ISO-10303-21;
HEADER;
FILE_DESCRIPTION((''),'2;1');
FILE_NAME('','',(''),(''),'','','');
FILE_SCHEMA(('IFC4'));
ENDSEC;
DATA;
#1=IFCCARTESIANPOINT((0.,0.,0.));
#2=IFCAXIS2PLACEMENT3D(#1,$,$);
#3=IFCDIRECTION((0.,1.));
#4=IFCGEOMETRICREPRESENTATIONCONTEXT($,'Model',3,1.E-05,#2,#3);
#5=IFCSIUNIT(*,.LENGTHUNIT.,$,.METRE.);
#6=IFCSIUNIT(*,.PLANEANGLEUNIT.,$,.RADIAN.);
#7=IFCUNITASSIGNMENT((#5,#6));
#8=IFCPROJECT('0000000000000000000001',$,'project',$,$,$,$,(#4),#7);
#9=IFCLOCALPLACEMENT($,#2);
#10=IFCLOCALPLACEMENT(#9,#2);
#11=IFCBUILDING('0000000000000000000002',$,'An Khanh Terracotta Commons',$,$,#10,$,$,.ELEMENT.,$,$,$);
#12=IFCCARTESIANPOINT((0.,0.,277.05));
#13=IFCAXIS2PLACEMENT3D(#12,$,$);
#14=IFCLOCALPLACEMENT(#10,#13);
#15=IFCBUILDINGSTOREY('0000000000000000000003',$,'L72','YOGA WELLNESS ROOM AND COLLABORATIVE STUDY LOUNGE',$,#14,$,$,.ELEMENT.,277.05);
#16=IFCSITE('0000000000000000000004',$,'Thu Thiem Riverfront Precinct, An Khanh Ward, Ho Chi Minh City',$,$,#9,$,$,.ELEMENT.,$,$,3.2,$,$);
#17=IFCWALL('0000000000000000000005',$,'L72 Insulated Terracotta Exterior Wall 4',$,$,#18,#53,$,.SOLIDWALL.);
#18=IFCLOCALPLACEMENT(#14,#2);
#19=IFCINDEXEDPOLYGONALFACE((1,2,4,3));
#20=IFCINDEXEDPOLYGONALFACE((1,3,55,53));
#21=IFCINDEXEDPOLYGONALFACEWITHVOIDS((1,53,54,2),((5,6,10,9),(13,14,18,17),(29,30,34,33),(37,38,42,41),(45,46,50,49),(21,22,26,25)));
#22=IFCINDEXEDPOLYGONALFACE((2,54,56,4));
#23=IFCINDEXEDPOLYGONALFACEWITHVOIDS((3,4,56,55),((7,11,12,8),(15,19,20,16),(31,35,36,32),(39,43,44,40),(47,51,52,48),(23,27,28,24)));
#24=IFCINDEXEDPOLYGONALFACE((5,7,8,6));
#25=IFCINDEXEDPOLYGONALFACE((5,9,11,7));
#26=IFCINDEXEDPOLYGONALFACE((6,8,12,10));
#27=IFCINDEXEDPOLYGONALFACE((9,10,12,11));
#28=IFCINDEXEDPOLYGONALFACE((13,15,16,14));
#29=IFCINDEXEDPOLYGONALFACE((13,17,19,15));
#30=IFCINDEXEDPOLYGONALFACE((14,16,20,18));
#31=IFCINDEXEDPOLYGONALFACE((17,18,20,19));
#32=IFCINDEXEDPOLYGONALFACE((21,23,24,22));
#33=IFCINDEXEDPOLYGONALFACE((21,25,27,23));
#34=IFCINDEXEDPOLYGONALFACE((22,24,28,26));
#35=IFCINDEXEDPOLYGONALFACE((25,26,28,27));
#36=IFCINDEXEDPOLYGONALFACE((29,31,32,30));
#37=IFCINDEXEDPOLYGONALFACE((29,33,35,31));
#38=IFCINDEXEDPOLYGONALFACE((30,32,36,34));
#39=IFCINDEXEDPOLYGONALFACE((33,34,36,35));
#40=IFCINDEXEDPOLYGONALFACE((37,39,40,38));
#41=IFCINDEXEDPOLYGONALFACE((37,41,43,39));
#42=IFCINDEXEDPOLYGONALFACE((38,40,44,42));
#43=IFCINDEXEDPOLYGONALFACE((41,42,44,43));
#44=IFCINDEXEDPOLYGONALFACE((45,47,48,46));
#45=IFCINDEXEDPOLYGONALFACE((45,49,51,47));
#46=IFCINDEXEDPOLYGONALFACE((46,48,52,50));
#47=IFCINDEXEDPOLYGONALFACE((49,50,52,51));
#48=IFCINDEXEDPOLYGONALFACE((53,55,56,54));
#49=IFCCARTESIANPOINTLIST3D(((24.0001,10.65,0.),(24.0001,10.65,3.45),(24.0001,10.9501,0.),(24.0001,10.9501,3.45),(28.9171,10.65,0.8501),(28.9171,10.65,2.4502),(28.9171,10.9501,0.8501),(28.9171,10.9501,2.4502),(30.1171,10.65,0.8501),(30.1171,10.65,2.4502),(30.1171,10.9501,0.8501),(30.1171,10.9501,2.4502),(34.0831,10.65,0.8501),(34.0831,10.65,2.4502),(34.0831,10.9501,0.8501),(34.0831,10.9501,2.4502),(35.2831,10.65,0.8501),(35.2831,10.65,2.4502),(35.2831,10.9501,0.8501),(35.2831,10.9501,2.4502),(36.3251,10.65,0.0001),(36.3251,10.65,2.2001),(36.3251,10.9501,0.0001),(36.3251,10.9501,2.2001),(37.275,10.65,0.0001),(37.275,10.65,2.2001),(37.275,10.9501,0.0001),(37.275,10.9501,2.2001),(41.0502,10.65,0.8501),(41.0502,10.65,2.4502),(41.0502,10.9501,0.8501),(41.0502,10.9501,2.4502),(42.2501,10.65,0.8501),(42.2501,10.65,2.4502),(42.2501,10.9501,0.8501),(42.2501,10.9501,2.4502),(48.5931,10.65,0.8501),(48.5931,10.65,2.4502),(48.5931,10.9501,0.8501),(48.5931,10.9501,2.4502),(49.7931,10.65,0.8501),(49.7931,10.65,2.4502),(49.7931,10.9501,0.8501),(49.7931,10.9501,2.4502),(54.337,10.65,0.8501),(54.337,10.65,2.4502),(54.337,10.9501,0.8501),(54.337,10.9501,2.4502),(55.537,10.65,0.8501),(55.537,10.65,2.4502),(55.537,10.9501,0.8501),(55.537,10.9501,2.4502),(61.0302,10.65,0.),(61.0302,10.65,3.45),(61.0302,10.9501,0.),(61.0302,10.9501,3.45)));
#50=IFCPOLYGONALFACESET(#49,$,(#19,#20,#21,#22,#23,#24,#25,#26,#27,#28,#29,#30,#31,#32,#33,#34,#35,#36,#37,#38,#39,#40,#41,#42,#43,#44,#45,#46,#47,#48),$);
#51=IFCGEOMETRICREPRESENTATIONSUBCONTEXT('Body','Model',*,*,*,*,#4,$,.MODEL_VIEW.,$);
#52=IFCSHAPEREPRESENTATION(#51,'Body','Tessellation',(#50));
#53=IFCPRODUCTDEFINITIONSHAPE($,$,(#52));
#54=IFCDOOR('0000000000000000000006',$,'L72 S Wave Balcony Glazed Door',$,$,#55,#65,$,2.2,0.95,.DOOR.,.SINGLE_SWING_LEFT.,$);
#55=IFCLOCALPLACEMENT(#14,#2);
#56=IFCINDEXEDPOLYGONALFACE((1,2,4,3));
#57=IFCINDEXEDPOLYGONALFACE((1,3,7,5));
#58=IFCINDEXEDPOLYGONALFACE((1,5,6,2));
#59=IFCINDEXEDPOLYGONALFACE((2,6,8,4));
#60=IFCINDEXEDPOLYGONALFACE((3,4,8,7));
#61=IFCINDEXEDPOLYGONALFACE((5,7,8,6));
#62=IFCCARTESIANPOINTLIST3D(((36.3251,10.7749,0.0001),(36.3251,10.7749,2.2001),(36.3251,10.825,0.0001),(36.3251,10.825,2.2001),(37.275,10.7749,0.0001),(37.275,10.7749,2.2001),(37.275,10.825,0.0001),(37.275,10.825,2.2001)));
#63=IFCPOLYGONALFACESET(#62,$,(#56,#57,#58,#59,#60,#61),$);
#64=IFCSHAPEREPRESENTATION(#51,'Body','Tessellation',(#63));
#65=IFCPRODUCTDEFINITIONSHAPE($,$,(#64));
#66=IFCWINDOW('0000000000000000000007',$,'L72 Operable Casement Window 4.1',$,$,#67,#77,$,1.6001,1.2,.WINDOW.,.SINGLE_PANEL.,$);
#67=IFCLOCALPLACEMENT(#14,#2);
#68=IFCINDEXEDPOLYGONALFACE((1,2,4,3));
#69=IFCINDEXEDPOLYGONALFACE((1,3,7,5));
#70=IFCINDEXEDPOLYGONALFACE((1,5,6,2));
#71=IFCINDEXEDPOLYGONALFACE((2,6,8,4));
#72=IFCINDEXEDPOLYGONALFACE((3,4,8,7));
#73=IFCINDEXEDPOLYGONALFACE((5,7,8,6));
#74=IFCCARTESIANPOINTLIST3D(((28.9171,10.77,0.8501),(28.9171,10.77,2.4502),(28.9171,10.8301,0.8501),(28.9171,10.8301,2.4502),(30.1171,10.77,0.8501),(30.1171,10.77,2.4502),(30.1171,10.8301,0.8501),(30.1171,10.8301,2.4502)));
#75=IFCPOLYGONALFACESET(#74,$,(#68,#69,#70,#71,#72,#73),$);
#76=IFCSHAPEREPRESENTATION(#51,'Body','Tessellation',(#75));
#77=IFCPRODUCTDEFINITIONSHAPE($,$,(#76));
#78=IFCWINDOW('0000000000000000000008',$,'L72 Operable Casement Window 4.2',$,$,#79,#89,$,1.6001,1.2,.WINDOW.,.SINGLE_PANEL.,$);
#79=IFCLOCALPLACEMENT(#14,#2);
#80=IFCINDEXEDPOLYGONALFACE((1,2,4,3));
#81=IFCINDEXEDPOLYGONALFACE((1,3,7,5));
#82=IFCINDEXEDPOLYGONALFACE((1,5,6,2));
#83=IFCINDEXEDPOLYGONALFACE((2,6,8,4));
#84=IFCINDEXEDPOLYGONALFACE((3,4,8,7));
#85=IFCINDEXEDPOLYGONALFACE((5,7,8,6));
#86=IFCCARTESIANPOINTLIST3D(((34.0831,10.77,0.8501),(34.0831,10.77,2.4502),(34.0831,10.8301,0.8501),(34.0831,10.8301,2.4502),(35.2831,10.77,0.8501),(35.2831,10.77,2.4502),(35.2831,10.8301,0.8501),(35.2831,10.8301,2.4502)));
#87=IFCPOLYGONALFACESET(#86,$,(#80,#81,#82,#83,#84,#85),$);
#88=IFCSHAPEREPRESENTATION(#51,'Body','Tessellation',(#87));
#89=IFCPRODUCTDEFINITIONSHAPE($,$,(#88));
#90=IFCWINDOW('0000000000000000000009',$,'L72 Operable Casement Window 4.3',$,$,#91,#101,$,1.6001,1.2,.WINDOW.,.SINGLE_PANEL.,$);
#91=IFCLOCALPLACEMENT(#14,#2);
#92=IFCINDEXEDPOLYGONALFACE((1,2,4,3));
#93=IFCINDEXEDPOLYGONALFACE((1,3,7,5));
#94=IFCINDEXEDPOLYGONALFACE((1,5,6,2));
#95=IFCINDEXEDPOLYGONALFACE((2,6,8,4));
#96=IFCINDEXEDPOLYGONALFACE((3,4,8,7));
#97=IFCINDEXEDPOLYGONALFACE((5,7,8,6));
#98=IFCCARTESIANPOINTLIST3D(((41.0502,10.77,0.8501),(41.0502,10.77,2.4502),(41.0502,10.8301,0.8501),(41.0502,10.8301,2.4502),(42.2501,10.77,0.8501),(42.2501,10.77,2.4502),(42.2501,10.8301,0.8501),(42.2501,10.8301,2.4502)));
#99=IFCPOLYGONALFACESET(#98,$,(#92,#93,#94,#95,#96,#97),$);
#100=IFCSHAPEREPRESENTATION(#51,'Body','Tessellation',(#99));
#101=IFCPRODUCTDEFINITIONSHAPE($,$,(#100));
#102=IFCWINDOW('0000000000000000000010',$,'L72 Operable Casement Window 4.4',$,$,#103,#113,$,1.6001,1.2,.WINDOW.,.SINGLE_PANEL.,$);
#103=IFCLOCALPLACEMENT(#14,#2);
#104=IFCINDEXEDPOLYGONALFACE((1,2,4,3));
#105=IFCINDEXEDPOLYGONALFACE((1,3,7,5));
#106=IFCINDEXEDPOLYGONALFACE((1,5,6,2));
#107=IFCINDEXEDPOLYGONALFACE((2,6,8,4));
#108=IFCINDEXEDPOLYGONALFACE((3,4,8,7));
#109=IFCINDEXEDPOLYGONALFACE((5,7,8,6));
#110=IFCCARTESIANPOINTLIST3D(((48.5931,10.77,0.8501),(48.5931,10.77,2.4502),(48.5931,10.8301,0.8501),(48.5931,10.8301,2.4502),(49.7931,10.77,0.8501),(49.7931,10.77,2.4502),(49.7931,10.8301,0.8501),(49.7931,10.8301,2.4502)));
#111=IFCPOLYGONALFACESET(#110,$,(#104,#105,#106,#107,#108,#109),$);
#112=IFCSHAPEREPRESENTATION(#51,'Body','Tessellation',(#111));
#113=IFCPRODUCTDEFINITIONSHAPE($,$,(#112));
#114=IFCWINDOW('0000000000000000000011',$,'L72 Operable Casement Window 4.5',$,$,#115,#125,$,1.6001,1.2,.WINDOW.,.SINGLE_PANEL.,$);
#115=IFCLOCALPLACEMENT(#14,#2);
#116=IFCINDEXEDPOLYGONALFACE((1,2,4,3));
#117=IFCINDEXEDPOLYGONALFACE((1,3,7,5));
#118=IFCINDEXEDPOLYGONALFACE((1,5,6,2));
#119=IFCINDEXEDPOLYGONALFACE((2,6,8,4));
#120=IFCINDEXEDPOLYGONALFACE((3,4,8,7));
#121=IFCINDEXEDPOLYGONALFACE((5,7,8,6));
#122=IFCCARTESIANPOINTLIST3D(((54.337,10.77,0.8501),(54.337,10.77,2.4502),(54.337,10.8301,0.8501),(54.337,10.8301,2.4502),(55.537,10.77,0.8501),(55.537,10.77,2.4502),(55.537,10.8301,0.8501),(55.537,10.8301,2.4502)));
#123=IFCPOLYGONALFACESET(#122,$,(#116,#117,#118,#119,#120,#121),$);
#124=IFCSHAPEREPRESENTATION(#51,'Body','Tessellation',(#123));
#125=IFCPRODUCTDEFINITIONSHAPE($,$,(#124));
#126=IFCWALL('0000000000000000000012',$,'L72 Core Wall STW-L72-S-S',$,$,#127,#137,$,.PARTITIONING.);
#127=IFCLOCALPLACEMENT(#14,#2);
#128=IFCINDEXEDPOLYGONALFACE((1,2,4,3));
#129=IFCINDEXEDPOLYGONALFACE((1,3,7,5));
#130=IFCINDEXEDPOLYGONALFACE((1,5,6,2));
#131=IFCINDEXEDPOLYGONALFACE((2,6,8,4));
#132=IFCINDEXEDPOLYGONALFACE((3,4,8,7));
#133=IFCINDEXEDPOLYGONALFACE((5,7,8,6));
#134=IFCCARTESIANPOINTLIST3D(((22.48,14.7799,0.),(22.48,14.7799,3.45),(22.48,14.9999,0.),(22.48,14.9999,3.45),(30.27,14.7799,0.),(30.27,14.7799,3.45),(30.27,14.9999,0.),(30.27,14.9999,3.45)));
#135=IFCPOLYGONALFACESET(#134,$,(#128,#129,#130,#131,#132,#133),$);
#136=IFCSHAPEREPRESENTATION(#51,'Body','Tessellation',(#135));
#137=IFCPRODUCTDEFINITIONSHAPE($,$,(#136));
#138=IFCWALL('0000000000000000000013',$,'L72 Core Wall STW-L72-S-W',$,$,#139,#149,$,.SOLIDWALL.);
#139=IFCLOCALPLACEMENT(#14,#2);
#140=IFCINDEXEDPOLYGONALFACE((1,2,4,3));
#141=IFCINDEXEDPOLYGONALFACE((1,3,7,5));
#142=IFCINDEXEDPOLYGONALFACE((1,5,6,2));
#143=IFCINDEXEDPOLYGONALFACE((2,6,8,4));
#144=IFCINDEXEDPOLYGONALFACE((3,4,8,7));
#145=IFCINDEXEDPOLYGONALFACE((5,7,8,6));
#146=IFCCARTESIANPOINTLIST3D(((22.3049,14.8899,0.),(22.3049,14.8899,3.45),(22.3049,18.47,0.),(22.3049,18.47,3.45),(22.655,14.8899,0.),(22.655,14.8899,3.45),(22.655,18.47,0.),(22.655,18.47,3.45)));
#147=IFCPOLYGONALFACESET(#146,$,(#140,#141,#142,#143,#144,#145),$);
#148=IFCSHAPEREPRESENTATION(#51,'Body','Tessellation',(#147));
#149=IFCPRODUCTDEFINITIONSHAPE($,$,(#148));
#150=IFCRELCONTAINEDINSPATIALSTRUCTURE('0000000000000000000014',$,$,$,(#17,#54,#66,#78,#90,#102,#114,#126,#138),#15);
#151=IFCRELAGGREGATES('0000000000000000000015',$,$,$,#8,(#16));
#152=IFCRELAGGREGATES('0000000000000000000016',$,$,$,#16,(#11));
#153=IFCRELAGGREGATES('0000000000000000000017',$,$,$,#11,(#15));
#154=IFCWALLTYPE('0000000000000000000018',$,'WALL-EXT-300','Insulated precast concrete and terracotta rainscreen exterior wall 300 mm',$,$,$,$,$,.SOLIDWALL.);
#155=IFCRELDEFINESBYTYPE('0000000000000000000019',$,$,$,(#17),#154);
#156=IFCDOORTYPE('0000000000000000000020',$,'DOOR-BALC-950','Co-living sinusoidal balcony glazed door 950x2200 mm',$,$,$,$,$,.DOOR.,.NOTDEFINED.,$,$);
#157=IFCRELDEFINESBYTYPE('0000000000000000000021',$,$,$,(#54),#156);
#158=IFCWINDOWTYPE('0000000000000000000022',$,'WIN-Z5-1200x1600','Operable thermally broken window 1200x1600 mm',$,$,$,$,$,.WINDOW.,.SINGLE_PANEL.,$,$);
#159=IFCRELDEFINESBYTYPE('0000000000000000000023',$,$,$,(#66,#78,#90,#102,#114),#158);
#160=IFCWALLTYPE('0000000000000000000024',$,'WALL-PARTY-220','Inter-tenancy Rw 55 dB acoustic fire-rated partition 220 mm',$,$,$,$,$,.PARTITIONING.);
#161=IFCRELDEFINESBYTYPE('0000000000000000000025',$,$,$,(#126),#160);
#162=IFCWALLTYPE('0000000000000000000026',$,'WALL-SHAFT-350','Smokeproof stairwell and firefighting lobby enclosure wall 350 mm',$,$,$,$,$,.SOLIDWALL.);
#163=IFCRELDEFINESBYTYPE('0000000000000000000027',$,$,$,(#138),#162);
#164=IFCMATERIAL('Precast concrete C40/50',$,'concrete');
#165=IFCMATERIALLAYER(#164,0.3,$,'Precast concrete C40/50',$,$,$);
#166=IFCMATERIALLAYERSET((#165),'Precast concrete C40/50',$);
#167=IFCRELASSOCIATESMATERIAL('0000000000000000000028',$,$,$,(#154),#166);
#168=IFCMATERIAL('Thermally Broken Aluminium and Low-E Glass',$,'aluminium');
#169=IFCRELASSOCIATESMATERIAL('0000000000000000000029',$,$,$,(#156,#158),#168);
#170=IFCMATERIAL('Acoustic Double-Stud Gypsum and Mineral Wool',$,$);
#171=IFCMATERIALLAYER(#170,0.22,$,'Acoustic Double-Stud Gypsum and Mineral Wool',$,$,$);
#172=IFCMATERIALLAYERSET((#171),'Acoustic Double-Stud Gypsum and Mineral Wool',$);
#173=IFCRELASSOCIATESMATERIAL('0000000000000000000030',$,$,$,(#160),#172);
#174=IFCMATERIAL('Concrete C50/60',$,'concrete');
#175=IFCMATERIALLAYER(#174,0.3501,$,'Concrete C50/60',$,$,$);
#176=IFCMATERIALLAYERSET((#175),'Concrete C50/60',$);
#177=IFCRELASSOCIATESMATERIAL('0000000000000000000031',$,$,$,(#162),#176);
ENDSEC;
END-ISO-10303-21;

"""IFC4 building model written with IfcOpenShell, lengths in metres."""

from ifc_helpers import new_model, si_unit, direction, frame, frame_2d, origin, place, context, subcontext, project, spatial, rectangle, extrude, material, layer, layer_set, type_object, element, fill, save


model = new_model("IFC4")

# Units and contexts
model_context = context("Model", 3, precision=1e-05, world=origin(), true_north=direction((0.0, 1.0)))
body_context = subcontext(model_context, "Body", "Model", "MODEL_VIEW")
ifc_project = project(units=[si_unit("LENGTHUNIT", "METRE"), si_unit("PLANEANGLEUNIT", "RADIAN")], contexts=[model_context])

# Site, building, storey
site_placement = place(None, origin())
site = spatial("IfcSite", under=ifc_project, at=site_placement, Name="Thu Thiem Riverfront Precinct, An Khanh Ward, Ho Chi Minh City", CompositionType="ELEMENT", RefElevation=3.2)
building_placement = place(site_placement, origin())
building = spatial("IfcBuilding", under=site, at=building_placement, Name="An Khanh Terracotta Commons", CompositionType="ELEMENT")
storey_placement = place(building_placement, frame((0.0, 0.0, 277.05)))
storey = spatial("IfcBuildingStorey", under=building, at=storey_placement, Name="L72", Description="YOGA WELLNESS ROOM AND COLLABORATIVE STUDY LOUNGE", CompositionType="ELEMENT", Elevation=277.05)

# Shared definitions
ifc_material_1 = material(Name="Concrete C50/60", Category="concrete")

# Shared definitions
ifc_material_2 = material(Name="Precast concrete C40/50", Category="concrete")
ifc_layer_1 = layer(ifc_material_2, 0.3, Name="Precast concrete C40/50")
ifc_layer_set_1 = layer_set([ifc_layer_1], Name="Precast concrete C40/50")
wall_type_1 = type_object("IfcWallType", Name="WALL-EXT-300", Description="Insulated precast concrete and terracotta rainscreen exterior wall 300 mm", PredefinedType="SOLIDWALL", material=ifc_layer_set_1)

# Wall, openings, door, windows
wall_1_placement = place(storey_placement, frame((24.0, 10.8, 0.0), z_axis=(0.0, 0.0, 1.0), x_axis=(1.0, 0.0, 0.0)))
wall_1 = element("IfcWall", 1, at=wall_1_placement, inside=storey, type_object=wall_type_1, Name="L72 Insulated Terracotta Exterior Wall 4", PredefinedType="SOLIDWALL", context=body_context, shape_type="SweptSolid", body=[
    extrude(rectangle(XDim=37.03, YDim=0.3, at=frame_2d((18.5151, 0.0))), origin(), (0.0, 0.0, 1.0), 3.45),
])
opening_1_placement = place(wall_1_placement, frame((12.325, 0.0, 0.0)))
opening_1 = element("IfcOpeningElement", 2, at=opening_1_placement, cuts=wall_1, PredefinedType="OPENING", context=body_context, shape_type="SweptSolid", body=[
    extrude(rectangle(XDim=0.95, YDim=2.2, at=frame_2d((0.4751, 1.1001))), frame((0.0, 0.1599, 0.0), z_axis=(0.0, -1.0, 0.0), x_axis=(1.0, 0.0, 0.0)), (0.0, 0.0, 1.0), 0.3201),
])
opening_2_placement = place(wall_1_placement, frame((4.917, 0.0, 0.8501)))
opening_2 = element("IfcOpeningElement", 3, at=opening_2_placement, cuts=wall_1, PredefinedType="OPENING", context=body_context, shape_type="SweptSolid", body=[
    extrude(rectangle(XDim=1.2, YDim=1.6001, at=frame_2d((0.6001, 0.8))), frame((0.0, 0.1599, 0.0), z_axis=(0.0, -1.0, 0.0), x_axis=(1.0, 0.0, 0.0)), (0.0, 0.0, 1.0), 0.3201),
])
opening_3_placement = place(wall_1_placement, frame((10.083, 0.0, 0.8501)))
opening_3 = element("IfcOpeningElement", 4, at=opening_3_placement, cuts=wall_1, PredefinedType="OPENING", context=body_context, shape_type="SweptSolid", body=[
    extrude(rectangle(XDim=1.2, YDim=1.6001, at=frame_2d((0.6001, 0.8))), frame((0.0, 0.1599, 0.0), z_axis=(0.0, -1.0, 0.0), x_axis=(1.0, 0.0, 0.0)), (0.0, 0.0, 1.0), 0.3201),
])
opening_4_placement = place(wall_1_placement, frame((17.05, 0.0, 0.8501)))
opening_4 = element("IfcOpeningElement", 5, at=opening_4_placement, cuts=wall_1, PredefinedType="OPENING", context=body_context, shape_type="SweptSolid", body=[
    extrude(rectangle(XDim=1.2, YDim=1.6001, at=frame_2d((0.6001, 0.8))), frame((0.0, 0.1599, 0.0), z_axis=(0.0, -1.0, 0.0), x_axis=(1.0, 0.0, 0.0)), (0.0, 0.0, 1.0), 0.3201),
])
opening_5_placement = place(wall_1_placement, frame((24.593, 0.0, 0.8501)))
opening_5 = element("IfcOpeningElement", 6, at=opening_5_placement, cuts=wall_1, PredefinedType="OPENING", context=body_context, shape_type="SweptSolid", body=[
    extrude(rectangle(XDim=1.2, YDim=1.6001, at=frame_2d((0.6001, 0.8))), frame((0.0, 0.1599, 0.0), z_axis=(0.0, -1.0, 0.0), x_axis=(1.0, 0.0, 0.0)), (0.0, 0.0, 1.0), 0.3201),
])
opening_6_placement = place(wall_1_placement, frame((30.3369, 0.0, 0.8501)))
opening_6 = element("IfcOpeningElement", 7, at=opening_6_placement, cuts=wall_1, PredefinedType="OPENING", context=body_context, shape_type="SweptSolid", body=[
    extrude(rectangle(XDim=1.2, YDim=1.6001, at=frame_2d((0.6001, 0.8))), frame((0.0, 0.1599, 0.0), z_axis=(0.0, -1.0, 0.0), x_axis=(1.0, 0.0, 0.0)), (0.0, 0.0, 1.0), 0.3201),
])
ifc_material_3 = material(Name="Thermally Broken Aluminium and Low-E Glass", Category="aluminium")
door_type = type_object("IfcDoorType", Name="DOOR-BALC-950", Description="Co-living sinusoidal balcony glazed door 950x2200 mm", OperationType="NOTDEFINED", PredefinedType="DOOR", material=ifc_material_3)
door_placement = place(opening_1_placement, origin())
door = element("IfcDoor", 8, at=door_placement, inside=storey, type_object=door_type, Name="L72 S Wave Balcony Glazed Door", OperationType="SINGLE_SWING_LEFT", OverallHeight=2.2, OverallWidth=0.95, PredefinedType="DOOR", context=body_context, shape_type="SweptSolid", body=[
    extrude(rectangle(XDim=0.95, YDim=2.2, at=frame_2d((0.4751, 1.1001))), frame((0.0, 0.0249, 0.0), z_axis=(0.0, -1.0, 0.0), x_axis=(1.0, 0.0, 0.0)), (0.0, 0.0, 1.0), 0.05),
])
fill(opening_1, door)
window_type = type_object("IfcWindowType", Name="WIN-Z5-1200x1600", Description="Operable thermally broken window 1200x1600 mm", PartitioningType="SINGLE_PANEL", PredefinedType="WINDOW", material=ifc_material_3)
window_1_placement = place(opening_2_placement, origin())
window_1 = element("IfcWindow", 9, at=window_1_placement, inside=storey, type_object=window_type, Name="L72 Operable Casement Window 4.1", OverallHeight=1.6001, OverallWidth=1.2, PartitioningType="SINGLE_PANEL", PredefinedType="WINDOW", context=body_context, shape_type="SweptSolid", body=[
    extrude(rectangle(XDim=1.2, YDim=1.6001, at=frame_2d((0.6001, 0.8))), frame((0.0, 0.03, 0.0), z_axis=(0.0, -1.0, 0.0), x_axis=(1.0, 0.0, 0.0)), (0.0, 0.0, 1.0), 0.0601),
])
fill(opening_2, window_1)
window_2_placement = place(opening_3_placement, origin())
window_2 = element("IfcWindow", 10, at=window_2_placement, inside=storey, type_object=window_type, Name="L72 Operable Casement Window 4.2", OverallHeight=1.6001, OverallWidth=1.2, PartitioningType="SINGLE_PANEL", PredefinedType="WINDOW", context=body_context, shape_type="SweptSolid", body=[
    extrude(rectangle(XDim=1.2, YDim=1.6001, at=frame_2d((0.6001, 0.8))), frame((0.0, 0.03, 0.0), z_axis=(0.0, -1.0, 0.0), x_axis=(1.0, 0.0, 0.0)), (0.0, 0.0, 1.0), 0.0601),
])
fill(opening_3, window_2)
window_3_placement = place(opening_4_placement, origin())
window_3 = element("IfcWindow", 11, at=window_3_placement, inside=storey, type_object=window_type, Name="L72 Operable Casement Window 4.3", OverallHeight=1.6001, OverallWidth=1.2, PartitioningType="SINGLE_PANEL", PredefinedType="WINDOW", context=body_context, shape_type="SweptSolid", body=[
    extrude(rectangle(XDim=1.2, YDim=1.6001, at=frame_2d((0.6001, 0.8))), frame((0.0, 0.03, 0.0), z_axis=(0.0, -1.0, 0.0), x_axis=(1.0, 0.0, 0.0)), (0.0, 0.0, 1.0), 0.0601),
])
fill(opening_4, window_3)
window_4_placement = place(opening_5_placement, origin())
window_4 = element("IfcWindow", 12, at=window_4_placement, inside=storey, type_object=window_type, Name="L72 Operable Casement Window 4.4", OverallHeight=1.6001, OverallWidth=1.2, PartitioningType="SINGLE_PANEL", PredefinedType="WINDOW", context=body_context, shape_type="SweptSolid", body=[
    extrude(rectangle(XDim=1.2, YDim=1.6001, at=frame_2d((0.6001, 0.8))), frame((0.0, 0.03, 0.0), z_axis=(0.0, -1.0, 0.0), x_axis=(1.0, 0.0, 0.0)), (0.0, 0.0, 1.0), 0.0601),
])
fill(opening_5, window_4)
window_5_placement = place(opening_6_placement, origin())
window_5 = element("IfcWindow", 13, at=window_5_placement, inside=storey, type_object=window_type, Name="L72 Operable Casement Window 4.5", OverallHeight=1.6001, OverallWidth=1.2, PartitioningType="SINGLE_PANEL", PredefinedType="WINDOW", context=body_context, shape_type="SweptSolid", body=[
    extrude(rectangle(XDim=1.2, YDim=1.6001, at=frame_2d((0.6001, 0.8))), frame((0.0, 0.03, 0.0), z_axis=(0.0, -1.0, 0.0), x_axis=(1.0, 0.0, 0.0)), (0.0, 0.0, 1.0), 0.0601),
])
fill(opening_6, window_5)

# Walls
ifc_material_4 = material(Name="Acoustic Double-Stud Gypsum and Mineral Wool")
ifc_layer_2 = layer(ifc_material_4, 0.22, Name="Acoustic Double-Stud Gypsum and Mineral Wool")
ifc_layer_set_2 = layer_set([ifc_layer_2], Name="Acoustic Double-Stud Gypsum and Mineral Wool")
wall_type_2 = type_object("IfcWallType", Name="WALL-PARTY-220", Description="Inter-tenancy Rw 55 dB acoustic fire-rated partition 220 mm", PredefinedType="PARTITIONING", material=ifc_layer_set_2)
wall_2_placement = place(storey_placement, frame((22.48, 14.8899, 0.0), z_axis=(0.0, 0.0, 1.0), x_axis=(1.0, 0.0, 0.0)))
element("IfcWall", 14, at=wall_2_placement, inside=storey, type_object=wall_type_2, Name="L72 Core Wall STW-L72-S-S", PredefinedType="PARTITIONING", context=body_context, shape_type="SweptSolid", body=[
    extrude(rectangle(XDim=7.79, YDim=0.22, at=frame_2d((3.895, 0.0))), origin(), (0.0, 0.0, 1.0), 3.45),
])
ifc_layer_3 = layer(ifc_material_1, 0.3501, Name="Concrete C50/60")
ifc_layer_set_3 = layer_set([ifc_layer_3], Name="Concrete C50/60")
wall_type_3 = type_object("IfcWallType", Name="WALL-SHAFT-350", Description="Smokeproof stairwell and firefighting lobby enclosure wall 350 mm", PredefinedType="SOLIDWALL", material=ifc_layer_set_3)
wall_3_placement = place(storey_placement, frame((22.48, 14.8899, 0.0), z_axis=(0.0, 0.0, 1.0), x_axis=(0.0, 1.0, 0.0)))
element("IfcWall", 15, at=wall_3_placement, inside=storey, type_object=wall_type_3, Name="L72 Core Wall STW-L72-S-W", PredefinedType="SOLIDWALL", context=body_context, shape_type="SweptSolid", body=[
    extrude(rectangle(XDim=3.5801, YDim=0.3501, at=frame_2d((1.79, 0.0))), origin(), (0.0, 0.0, 1.0), 3.45),
])

save(model, "model.ifc")
